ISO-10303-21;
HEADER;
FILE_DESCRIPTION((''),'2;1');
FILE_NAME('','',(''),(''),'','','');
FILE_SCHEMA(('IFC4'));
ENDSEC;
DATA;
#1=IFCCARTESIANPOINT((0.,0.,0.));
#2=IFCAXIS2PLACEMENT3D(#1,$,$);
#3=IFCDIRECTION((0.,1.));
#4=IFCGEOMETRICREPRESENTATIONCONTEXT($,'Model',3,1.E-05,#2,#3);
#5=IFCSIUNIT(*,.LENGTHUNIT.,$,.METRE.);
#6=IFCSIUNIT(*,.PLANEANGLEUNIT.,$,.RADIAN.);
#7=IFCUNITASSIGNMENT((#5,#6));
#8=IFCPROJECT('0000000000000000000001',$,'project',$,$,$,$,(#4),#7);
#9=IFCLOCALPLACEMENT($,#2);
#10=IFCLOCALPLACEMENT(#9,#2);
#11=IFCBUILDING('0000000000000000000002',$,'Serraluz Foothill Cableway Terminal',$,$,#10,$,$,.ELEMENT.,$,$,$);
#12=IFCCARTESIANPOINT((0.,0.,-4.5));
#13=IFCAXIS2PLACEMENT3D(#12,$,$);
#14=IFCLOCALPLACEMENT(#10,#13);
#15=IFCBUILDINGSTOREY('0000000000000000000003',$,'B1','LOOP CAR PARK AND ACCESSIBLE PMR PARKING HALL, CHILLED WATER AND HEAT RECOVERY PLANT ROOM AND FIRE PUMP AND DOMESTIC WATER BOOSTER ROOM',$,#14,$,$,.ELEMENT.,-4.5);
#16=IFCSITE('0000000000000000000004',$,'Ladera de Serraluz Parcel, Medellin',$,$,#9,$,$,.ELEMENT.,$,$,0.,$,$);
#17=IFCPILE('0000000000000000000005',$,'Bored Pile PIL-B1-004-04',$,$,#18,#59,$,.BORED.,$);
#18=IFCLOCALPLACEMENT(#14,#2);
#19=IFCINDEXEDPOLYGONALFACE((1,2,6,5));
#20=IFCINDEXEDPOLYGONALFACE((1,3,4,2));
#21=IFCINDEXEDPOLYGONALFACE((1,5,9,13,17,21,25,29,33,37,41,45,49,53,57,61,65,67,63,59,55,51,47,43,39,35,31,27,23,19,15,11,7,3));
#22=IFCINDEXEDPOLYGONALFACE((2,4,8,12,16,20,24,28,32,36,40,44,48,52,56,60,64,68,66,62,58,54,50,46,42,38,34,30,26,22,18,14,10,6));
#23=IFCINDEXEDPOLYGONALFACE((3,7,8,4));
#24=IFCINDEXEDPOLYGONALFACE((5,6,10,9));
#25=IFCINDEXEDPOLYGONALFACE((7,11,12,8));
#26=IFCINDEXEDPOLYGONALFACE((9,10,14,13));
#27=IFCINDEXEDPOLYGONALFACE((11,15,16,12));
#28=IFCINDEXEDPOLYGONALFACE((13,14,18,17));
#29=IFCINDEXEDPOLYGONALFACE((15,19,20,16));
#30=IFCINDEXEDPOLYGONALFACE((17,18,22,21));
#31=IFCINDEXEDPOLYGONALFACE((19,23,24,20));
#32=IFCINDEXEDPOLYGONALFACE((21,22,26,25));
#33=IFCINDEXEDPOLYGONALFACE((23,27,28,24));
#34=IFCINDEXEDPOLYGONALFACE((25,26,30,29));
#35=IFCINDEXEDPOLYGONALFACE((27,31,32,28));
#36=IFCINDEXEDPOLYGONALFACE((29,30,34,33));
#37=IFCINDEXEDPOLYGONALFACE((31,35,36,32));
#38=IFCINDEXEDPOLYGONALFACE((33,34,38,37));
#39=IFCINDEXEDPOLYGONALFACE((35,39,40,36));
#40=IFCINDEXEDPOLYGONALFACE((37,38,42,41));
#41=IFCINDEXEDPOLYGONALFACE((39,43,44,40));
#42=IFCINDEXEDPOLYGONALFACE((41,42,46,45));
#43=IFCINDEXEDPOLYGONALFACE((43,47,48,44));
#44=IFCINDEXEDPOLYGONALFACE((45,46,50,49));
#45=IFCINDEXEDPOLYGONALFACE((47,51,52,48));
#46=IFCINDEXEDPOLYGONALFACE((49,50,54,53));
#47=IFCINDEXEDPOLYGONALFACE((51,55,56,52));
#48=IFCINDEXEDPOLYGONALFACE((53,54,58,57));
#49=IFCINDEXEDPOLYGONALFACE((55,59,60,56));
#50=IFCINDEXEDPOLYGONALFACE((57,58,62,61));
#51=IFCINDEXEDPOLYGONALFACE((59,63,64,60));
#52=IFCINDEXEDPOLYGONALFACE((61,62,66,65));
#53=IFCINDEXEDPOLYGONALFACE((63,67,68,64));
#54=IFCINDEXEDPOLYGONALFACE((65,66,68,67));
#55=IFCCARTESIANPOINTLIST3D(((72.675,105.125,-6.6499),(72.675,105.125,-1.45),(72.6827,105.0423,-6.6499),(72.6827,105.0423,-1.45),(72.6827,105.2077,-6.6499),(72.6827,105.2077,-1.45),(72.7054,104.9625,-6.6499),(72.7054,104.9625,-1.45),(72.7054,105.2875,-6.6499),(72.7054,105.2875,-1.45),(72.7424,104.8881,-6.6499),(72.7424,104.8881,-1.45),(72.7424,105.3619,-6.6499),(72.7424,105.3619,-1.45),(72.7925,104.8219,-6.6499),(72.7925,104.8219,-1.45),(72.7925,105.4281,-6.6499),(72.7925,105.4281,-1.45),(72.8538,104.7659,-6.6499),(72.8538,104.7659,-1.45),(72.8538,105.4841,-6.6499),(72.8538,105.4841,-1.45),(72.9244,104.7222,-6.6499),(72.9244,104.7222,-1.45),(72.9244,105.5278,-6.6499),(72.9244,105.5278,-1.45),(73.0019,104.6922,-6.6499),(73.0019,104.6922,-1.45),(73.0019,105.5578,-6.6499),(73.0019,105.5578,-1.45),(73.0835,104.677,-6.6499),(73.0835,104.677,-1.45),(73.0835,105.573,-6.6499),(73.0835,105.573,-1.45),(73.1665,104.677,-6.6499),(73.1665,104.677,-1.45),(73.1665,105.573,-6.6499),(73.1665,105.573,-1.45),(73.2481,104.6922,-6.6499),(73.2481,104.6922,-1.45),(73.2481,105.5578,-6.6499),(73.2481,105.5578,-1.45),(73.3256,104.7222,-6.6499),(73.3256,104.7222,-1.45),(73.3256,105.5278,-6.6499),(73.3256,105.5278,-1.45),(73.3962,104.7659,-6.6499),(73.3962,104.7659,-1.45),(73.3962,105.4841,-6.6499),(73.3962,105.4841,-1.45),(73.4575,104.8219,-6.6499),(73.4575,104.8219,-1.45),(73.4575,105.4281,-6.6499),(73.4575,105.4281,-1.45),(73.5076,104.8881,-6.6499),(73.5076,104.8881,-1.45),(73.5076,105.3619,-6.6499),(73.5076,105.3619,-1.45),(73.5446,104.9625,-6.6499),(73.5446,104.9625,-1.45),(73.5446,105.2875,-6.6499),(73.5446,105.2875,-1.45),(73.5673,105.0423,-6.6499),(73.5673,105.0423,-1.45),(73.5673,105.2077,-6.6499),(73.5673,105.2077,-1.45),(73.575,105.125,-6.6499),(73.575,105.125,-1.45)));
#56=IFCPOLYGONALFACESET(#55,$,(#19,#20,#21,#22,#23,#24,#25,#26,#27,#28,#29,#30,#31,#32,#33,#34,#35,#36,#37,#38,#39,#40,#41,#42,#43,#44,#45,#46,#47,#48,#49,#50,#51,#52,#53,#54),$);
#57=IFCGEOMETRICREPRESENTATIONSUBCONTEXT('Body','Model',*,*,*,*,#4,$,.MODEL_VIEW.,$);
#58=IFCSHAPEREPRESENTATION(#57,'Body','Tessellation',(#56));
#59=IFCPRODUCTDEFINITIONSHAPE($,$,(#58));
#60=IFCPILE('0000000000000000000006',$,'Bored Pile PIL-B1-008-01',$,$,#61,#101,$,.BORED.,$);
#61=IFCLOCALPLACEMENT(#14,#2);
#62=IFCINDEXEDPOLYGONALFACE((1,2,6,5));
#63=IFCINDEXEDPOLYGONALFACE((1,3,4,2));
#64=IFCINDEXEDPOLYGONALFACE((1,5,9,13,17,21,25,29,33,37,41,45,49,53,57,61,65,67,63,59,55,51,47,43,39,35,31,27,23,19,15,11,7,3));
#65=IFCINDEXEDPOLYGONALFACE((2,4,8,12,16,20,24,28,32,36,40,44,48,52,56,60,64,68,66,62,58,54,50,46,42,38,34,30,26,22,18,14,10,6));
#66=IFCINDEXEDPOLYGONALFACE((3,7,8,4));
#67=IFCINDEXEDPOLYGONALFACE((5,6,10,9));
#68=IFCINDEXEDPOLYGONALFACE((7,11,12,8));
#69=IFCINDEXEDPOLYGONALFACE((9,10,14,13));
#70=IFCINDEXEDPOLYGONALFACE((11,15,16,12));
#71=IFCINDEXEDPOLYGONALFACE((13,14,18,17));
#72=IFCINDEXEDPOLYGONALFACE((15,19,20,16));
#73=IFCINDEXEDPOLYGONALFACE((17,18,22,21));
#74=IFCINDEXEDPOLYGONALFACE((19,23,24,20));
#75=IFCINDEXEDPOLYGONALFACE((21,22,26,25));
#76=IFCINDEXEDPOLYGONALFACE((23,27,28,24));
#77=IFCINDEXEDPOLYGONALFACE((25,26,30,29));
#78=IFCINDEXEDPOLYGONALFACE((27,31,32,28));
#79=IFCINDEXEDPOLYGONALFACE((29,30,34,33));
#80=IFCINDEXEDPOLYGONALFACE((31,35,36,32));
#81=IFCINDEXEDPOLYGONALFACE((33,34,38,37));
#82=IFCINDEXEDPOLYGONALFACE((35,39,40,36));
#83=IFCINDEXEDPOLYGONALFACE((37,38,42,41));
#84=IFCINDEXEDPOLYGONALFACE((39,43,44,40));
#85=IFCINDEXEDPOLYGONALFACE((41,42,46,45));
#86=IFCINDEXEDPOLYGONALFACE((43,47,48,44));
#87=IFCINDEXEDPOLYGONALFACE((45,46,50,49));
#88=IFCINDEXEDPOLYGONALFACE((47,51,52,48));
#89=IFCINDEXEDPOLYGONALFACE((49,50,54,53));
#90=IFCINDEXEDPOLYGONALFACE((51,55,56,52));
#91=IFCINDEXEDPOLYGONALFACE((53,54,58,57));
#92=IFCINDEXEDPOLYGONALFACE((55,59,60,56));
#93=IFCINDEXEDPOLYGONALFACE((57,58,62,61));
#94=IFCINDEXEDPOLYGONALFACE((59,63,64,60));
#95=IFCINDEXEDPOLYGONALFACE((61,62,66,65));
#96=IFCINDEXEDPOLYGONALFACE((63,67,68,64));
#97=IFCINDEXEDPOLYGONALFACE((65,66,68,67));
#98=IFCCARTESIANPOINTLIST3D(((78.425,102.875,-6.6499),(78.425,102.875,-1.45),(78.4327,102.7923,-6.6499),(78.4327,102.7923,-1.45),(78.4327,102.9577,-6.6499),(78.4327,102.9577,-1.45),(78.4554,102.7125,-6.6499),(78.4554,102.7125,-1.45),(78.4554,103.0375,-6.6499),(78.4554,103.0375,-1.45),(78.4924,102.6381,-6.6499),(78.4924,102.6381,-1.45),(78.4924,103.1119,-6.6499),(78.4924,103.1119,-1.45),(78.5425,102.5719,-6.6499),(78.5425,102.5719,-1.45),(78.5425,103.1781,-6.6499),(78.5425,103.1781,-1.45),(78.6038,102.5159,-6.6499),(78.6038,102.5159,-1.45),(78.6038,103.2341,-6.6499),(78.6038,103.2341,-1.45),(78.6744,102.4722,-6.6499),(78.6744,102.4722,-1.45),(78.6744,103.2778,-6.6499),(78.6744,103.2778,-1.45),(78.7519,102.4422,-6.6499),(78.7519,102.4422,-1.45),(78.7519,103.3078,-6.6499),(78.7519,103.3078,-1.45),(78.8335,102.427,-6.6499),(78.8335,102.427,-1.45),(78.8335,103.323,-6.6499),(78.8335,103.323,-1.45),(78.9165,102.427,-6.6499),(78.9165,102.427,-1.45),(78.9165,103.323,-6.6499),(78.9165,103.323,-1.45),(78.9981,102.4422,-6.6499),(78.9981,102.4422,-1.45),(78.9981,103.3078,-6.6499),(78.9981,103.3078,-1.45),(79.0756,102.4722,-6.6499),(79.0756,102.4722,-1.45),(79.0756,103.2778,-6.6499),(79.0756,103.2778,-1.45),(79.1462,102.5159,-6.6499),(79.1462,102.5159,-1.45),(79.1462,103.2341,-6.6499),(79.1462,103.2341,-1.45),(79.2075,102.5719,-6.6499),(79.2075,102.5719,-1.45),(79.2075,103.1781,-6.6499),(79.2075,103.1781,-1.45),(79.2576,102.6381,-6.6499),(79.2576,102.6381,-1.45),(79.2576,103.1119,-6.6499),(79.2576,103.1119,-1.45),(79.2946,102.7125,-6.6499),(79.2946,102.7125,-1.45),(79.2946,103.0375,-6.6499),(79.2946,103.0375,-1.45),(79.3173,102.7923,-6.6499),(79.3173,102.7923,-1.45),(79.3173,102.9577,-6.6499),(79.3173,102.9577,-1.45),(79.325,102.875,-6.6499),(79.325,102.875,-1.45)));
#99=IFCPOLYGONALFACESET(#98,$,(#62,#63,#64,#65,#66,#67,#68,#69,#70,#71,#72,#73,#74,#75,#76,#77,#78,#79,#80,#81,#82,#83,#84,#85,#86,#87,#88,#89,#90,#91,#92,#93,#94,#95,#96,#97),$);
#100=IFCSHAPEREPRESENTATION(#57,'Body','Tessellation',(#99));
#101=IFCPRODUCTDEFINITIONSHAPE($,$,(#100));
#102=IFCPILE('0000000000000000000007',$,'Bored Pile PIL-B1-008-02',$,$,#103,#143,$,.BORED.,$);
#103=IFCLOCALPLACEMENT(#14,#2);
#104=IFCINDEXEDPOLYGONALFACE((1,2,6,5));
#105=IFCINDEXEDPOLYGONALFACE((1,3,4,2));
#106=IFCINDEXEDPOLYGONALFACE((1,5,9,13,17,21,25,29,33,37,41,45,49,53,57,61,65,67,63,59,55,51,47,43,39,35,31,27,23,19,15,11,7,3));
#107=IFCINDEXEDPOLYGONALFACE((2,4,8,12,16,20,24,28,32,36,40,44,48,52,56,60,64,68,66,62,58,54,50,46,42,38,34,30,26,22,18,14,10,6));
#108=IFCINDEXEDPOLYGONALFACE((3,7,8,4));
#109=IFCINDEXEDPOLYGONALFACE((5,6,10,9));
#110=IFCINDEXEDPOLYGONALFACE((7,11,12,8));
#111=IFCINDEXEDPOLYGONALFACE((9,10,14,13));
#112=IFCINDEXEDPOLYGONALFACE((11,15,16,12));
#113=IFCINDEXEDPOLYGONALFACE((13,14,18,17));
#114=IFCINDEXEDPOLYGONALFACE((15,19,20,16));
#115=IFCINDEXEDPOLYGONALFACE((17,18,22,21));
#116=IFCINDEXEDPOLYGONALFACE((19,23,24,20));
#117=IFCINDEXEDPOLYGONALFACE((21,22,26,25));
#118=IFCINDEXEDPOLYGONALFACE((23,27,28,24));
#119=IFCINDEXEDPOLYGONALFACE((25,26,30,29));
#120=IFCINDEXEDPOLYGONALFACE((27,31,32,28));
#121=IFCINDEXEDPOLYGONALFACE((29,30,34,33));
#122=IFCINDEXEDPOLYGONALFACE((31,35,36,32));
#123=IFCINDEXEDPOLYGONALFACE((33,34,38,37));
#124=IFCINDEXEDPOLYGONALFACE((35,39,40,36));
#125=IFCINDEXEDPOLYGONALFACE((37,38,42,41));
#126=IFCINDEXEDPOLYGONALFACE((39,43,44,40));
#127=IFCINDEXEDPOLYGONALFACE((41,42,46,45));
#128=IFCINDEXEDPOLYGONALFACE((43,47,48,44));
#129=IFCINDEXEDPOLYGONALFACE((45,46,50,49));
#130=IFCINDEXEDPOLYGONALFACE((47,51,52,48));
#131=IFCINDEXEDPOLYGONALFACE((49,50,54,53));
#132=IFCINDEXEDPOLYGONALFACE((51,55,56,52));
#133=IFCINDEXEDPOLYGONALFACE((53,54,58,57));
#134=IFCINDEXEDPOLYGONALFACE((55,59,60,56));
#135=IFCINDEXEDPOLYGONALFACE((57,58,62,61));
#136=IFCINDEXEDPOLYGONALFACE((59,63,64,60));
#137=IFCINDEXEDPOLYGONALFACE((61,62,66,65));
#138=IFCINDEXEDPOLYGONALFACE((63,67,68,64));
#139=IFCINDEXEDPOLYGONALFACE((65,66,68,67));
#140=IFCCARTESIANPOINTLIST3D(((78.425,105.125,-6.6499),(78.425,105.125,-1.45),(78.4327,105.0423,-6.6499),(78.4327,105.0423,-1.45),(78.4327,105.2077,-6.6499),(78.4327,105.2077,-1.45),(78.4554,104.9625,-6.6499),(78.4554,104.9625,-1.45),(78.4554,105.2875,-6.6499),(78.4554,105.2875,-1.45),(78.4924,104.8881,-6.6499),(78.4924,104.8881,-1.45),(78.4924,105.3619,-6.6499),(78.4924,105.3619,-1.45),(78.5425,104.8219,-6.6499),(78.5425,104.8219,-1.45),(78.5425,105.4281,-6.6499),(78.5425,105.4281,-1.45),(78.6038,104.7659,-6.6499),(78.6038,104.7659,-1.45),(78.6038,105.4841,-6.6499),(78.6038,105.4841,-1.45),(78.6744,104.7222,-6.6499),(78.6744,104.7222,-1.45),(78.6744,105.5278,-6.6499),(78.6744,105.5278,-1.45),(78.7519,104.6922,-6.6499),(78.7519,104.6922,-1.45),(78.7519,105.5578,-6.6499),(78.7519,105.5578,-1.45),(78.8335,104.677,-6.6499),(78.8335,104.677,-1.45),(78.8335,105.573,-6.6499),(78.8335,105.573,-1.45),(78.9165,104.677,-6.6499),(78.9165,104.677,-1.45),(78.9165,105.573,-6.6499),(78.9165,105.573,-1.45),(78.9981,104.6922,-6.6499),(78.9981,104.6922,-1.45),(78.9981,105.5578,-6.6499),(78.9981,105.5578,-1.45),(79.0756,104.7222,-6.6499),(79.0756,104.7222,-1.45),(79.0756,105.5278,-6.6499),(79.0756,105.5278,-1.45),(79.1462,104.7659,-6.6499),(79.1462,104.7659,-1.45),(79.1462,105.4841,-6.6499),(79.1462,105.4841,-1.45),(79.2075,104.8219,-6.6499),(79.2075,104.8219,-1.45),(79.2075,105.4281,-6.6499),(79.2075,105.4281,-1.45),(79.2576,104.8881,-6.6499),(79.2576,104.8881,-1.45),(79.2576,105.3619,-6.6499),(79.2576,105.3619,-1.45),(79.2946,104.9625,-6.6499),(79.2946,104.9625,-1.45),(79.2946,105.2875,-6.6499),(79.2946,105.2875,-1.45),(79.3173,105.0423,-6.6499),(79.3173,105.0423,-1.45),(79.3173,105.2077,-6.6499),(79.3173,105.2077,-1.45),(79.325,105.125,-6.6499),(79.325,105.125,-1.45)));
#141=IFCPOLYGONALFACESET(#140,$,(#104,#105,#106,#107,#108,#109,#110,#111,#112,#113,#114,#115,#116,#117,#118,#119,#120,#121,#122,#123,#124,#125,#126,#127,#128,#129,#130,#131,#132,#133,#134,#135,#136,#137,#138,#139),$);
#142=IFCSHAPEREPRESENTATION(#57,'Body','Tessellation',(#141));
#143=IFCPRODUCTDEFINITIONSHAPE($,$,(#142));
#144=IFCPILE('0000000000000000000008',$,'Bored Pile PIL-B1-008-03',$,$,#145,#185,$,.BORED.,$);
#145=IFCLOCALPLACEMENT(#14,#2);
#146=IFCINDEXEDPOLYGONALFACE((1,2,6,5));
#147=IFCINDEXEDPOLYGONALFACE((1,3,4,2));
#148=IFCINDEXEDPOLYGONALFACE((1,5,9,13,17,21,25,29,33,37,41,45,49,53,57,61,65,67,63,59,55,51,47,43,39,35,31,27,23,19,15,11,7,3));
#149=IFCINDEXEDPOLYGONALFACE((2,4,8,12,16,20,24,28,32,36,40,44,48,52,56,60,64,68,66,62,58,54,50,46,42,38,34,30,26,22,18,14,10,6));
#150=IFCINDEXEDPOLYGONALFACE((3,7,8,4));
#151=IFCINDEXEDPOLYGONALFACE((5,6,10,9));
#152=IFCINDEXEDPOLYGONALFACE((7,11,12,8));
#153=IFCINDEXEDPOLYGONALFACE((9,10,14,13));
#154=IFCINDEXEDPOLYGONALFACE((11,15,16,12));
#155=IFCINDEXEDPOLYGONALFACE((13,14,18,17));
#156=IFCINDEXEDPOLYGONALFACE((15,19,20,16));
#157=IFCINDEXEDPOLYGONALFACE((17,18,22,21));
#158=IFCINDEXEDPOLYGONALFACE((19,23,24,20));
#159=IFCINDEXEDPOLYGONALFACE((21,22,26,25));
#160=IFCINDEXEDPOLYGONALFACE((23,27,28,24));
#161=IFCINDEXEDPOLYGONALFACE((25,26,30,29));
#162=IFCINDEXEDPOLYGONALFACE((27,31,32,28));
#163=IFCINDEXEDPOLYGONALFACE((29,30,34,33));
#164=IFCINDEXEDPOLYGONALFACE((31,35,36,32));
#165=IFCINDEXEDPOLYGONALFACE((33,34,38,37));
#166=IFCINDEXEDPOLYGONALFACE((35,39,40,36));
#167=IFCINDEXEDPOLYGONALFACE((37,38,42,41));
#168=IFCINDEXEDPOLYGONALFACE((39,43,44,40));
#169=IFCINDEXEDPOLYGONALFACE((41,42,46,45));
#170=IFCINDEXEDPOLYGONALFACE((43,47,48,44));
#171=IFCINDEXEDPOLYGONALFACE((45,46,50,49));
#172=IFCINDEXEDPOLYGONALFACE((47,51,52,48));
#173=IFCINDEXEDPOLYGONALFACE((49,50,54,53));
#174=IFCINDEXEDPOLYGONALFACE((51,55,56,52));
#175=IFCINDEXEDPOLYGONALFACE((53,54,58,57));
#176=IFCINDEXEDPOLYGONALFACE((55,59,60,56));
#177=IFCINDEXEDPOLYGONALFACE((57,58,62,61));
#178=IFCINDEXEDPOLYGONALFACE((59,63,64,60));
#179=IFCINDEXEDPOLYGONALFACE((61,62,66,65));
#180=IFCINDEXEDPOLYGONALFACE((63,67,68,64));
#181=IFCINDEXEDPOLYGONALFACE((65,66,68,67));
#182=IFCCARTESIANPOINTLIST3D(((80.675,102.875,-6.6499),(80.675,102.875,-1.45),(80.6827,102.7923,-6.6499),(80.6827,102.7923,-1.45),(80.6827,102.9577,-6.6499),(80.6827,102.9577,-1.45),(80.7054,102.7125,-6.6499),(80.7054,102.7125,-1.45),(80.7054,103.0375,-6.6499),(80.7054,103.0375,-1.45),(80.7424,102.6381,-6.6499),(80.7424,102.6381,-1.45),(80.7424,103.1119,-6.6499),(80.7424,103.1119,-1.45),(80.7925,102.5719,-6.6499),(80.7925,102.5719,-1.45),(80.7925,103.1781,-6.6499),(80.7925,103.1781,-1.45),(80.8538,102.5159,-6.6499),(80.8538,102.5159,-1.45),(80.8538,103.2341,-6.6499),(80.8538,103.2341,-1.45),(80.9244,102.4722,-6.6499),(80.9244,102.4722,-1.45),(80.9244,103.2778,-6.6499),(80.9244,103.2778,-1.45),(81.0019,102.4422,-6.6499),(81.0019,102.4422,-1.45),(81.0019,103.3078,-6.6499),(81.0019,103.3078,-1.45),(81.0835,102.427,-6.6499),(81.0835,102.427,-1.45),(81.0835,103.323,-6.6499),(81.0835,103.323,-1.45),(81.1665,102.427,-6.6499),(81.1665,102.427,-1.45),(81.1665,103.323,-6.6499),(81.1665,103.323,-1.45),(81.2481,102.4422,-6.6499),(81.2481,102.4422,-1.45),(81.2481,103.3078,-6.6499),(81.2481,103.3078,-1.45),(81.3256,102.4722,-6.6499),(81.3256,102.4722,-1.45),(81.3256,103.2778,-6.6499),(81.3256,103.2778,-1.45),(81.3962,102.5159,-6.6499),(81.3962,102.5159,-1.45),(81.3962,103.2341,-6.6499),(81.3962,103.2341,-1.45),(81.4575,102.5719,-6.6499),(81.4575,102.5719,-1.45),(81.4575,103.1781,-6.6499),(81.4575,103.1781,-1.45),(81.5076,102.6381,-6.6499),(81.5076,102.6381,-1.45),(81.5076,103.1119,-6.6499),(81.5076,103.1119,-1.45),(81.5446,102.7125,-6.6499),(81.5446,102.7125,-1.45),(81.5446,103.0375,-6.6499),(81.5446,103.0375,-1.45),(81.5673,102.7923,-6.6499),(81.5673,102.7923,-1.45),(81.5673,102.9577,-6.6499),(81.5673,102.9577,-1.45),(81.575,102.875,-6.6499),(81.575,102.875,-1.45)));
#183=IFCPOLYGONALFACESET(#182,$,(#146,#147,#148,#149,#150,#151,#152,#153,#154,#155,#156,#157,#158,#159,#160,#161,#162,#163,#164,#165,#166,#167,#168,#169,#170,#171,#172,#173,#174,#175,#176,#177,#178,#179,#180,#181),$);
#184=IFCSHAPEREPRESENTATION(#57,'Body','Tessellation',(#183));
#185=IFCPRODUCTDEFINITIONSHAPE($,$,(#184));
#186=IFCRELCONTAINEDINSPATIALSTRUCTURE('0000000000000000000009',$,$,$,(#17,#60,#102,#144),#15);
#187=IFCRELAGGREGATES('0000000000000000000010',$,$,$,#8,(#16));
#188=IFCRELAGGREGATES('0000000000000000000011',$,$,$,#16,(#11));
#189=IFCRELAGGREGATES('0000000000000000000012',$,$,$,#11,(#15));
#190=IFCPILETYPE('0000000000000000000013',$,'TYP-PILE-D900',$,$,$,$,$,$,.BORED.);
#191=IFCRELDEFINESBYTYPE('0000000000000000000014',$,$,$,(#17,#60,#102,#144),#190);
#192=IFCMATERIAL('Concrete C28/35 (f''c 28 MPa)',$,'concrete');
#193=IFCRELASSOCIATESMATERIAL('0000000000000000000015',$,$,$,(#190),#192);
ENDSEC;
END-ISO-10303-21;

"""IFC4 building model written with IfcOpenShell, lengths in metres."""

from ifc_helpers import new_model, si_unit, direction, frame, origin, origin_2d, place, context, subcontext, project, spatial, circle, extrude, material, material_profile, profile_set, type_object, element, save


model = new_model("IFC4")

# Units and contexts
model_context = context("Model", 3, precision=1e-05, world=origin(), true_north=direction((0.0, 1.0)))
body_context = subcontext(model_context, "Body", "Model", "MODEL_VIEW")
ifc_project = project(units=[si_unit("LENGTHUNIT", "METRE"), si_unit("PLANEANGLEUNIT", "RADIAN")], contexts=[model_context])

# Site, building, storey
site_placement = place(None, origin())
site = spatial("IfcSite", under=ifc_project, at=site_placement, Name="Ladera de Serraluz Parcel, Medellin", CompositionType="ELEMENT", RefElevation=0.0)
building_placement = place(site_placement, origin())
building = spatial("IfcBuilding", under=site, at=building_placement, Name="Serraluz Foothill Cableway Terminal", CompositionType="ELEMENT")
storey_placement = place(building_placement, frame((0.0, 0.0, -4.5)))
storey = spatial("IfcBuildingStorey", under=building, at=storey_placement, Name="B1", Description="LOOP CAR PARK AND ACCESSIBLE PMR PARKING HALL, CHILLED WATER AND HEAT RECOVERY PLANT ROOM AND FIRE PUMP AND DOMESTIC WATER BOOSTER ROOM", CompositionType="ELEMENT", Elevation=-4.5)

# Piles
ifc_material_1 = material(Name="Concrete C28/35 (f'c 28 MPa)", Category="concrete")
ifc_material_profile_1 = material_profile(ifc_material_1, circle(Radius=0.45, at=origin_2d()), Name="BORED PILE D900")
ifc_profile_set_1 = profile_set([ifc_material_profile_1], Name="Concrete C28/35 (f'c 28 MPa)")
pile_type = type_object("IfcPileType", Name="TYP-PILE-D900", PredefinedType="BORED", material=ifc_profile_set_1)
for number, where, z_axis, x_axis, name in (
    (1, (73.125, 105.125, -1.45), (0.0, 0.0, -1.0), (1.0, 0.0, 0.0), "Bored Pile PIL-B1-004-04"),
    (2, (78.875, 102.875, -1.45), (0.0, 0.0, -1.0), (1.0, 0.0, 0.0), "Bored Pile PIL-B1-008-01"),
    (3, (78.875, 105.125, -1.45), (0.0, 0.0, -1.0), (1.0, 0.0, 0.0), "Bored Pile PIL-B1-008-02"),
    (4, (81.125, 102.875, -1.45), (0.0, 0.0, -1.0), (1.0, 0.0, 0.0), "Bored Pile PIL-B1-008-03"),
):
    element("IfcPile", number, at=place(storey_placement, frame(where, z_axis=z_axis, x_axis=x_axis)), inside=storey, type_object=pile_type, Name=name, PredefinedType="BORED", context=body_context, shape_type="SweptSolid", body=[
        extrude(circle(Radius=0.45, at=origin_2d()), origin(), (0.0, 0.0, 1.0), 5.2),
    ])

save(model, "model.ifc")
